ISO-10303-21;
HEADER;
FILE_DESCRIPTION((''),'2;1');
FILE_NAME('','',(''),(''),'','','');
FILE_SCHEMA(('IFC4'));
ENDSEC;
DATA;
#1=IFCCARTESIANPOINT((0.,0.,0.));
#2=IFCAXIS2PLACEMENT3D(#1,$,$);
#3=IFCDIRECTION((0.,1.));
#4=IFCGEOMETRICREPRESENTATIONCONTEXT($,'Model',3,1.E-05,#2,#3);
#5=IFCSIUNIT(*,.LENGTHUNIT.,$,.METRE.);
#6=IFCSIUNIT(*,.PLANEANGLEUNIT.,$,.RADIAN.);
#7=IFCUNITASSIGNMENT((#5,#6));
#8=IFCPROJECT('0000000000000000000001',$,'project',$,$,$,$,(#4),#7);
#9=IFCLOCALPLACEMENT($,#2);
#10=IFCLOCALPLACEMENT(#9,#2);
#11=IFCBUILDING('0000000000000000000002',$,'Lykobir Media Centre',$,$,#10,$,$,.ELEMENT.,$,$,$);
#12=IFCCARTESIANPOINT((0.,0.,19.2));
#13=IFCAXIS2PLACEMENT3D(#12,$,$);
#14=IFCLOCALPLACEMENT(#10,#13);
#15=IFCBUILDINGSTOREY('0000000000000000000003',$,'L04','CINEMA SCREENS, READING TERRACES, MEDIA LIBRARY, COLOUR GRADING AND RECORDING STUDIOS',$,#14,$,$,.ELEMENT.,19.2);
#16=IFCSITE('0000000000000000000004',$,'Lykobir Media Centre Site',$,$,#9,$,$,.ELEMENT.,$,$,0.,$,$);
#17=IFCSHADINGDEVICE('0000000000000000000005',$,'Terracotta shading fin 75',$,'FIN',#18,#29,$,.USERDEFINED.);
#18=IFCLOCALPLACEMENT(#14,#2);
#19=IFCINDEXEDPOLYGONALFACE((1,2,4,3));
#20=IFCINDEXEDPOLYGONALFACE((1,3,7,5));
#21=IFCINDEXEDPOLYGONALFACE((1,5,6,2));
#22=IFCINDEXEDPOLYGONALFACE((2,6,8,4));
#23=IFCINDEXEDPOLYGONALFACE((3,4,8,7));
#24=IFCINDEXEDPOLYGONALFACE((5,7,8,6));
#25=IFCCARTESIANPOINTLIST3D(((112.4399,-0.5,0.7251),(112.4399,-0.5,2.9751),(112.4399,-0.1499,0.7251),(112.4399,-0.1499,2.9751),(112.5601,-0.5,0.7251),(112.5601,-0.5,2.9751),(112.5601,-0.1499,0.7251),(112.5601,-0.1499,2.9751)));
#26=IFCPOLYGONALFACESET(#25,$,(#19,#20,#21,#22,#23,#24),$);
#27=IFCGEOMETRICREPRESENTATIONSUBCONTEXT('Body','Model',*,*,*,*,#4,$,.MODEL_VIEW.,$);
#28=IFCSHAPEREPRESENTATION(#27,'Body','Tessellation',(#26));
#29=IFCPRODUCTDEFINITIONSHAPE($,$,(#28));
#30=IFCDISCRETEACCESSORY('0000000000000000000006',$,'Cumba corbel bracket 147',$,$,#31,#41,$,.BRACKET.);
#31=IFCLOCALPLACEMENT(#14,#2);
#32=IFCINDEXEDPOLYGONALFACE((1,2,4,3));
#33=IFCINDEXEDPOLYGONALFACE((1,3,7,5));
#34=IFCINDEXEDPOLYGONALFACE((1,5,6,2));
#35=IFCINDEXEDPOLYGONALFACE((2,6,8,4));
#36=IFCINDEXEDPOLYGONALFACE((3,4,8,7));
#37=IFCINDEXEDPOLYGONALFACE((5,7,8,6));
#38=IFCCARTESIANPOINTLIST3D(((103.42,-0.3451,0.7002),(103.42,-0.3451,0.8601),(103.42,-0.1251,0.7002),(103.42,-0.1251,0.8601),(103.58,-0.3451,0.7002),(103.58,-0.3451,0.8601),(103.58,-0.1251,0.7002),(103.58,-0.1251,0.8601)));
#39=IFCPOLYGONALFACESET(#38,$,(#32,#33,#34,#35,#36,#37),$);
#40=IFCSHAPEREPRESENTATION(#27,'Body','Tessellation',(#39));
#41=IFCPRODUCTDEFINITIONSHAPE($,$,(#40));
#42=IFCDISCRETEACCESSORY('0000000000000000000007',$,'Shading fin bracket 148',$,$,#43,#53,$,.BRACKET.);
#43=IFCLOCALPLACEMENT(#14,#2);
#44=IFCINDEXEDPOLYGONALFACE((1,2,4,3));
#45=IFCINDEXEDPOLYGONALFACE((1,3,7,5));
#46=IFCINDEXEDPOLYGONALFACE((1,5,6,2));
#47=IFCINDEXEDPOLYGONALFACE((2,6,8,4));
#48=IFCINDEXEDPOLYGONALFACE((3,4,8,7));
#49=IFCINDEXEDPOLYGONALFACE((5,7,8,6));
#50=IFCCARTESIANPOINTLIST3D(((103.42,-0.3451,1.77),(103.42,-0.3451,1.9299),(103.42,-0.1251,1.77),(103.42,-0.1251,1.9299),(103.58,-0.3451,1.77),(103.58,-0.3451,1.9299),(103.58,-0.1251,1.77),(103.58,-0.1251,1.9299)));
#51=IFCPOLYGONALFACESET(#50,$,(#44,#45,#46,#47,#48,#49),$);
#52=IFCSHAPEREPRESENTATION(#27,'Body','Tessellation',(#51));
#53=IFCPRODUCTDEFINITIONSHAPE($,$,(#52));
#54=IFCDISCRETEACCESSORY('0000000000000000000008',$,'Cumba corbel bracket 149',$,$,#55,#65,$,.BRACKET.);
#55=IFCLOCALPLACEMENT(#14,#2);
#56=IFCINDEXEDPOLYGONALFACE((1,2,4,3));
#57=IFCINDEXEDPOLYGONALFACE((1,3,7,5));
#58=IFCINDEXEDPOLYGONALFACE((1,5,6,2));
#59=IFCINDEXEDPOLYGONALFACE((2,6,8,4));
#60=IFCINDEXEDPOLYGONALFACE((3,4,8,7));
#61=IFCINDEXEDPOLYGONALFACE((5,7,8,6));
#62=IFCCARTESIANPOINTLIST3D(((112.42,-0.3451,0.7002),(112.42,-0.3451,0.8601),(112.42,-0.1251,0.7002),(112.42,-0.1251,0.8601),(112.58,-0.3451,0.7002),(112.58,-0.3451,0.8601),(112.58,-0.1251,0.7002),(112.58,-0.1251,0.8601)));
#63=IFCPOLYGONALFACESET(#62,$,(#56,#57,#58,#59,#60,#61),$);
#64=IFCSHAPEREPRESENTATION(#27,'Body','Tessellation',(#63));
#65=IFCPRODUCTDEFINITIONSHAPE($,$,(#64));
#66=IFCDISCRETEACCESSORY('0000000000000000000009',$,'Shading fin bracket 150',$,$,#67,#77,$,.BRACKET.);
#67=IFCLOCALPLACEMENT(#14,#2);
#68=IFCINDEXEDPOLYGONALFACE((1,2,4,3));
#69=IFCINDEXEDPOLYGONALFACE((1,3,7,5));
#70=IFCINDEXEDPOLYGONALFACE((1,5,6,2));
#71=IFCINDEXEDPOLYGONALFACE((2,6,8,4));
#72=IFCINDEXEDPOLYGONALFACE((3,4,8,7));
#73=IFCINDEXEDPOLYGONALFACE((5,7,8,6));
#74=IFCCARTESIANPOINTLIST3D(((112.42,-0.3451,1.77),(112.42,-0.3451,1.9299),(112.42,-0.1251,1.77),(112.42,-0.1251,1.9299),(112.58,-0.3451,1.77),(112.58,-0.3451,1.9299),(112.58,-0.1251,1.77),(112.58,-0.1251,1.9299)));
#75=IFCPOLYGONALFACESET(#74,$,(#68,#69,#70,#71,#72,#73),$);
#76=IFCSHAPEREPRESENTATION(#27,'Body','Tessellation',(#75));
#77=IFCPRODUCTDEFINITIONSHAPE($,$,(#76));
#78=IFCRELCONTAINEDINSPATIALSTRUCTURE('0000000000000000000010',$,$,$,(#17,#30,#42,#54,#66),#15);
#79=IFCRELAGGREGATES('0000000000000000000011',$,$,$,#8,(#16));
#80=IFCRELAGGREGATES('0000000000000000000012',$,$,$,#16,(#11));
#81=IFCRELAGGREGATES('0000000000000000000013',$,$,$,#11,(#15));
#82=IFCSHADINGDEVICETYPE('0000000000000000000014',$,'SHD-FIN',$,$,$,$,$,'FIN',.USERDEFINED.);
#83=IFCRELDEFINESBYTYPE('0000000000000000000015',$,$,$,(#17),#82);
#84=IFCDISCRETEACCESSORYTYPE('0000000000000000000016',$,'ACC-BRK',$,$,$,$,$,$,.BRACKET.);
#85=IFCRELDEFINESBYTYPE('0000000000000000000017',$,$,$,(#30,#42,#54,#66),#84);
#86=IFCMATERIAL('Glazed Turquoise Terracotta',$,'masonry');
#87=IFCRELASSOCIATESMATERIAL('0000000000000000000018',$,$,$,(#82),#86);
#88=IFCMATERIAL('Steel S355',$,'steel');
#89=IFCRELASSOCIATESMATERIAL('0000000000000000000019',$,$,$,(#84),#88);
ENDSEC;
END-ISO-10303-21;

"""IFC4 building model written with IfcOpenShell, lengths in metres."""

from ifc_helpers import new_model, si_unit, direction, frame, origin, origin_2d, place, context, subcontext, project, spatial, rectangle, extrude, material, type_object, element, save


model = new_model("IFC4")

# Units and contexts
model_context = context("Model", 3, precision=1e-05, world=origin(), true_north=direction((0.0, 1.0)))
body_context = subcontext(model_context, "Body", "Model", "MODEL_VIEW")
ifc_project = project(units=[si_unit("LENGTHUNIT", "METRE"), si_unit("PLANEANGLEUNIT", "RADIAN")], contexts=[model_context])

# Site, building, storey
site_placement = place(None, origin())
site = spatial("IfcSite", under=ifc_project, at=site_placement, Name="Lykobir Media Centre Site", CompositionType="ELEMENT", RefElevation=0.0)
building_placement = place(site_placement, origin())
building = spatial("IfcBuilding", under=site, at=building_placement, Name="Lykobir Media Centre", CompositionType="ELEMENT")
storey_placement = place(building_placement, frame((0.0, 0.0, 19.2)))
storey = spatial("IfcBuildingStorey", under=building, at=storey_placement, Name="L04", Description="CINEMA SCREENS, READING TERRACES, MEDIA LIBRARY, COLOUR GRADING AND RECORDING STUDIOS", CompositionType="ELEMENT", Elevation=19.2)

# Shared definitions
ifc_material_1 = material(Name="Steel S355", Category="steel")

# Shared definitions
ifc_material_2 = material(Name="Glazed Turquoise Terracotta", Category="masonry")

# Shading device
shading_device_type = type_object("IfcShadingDeviceType", Name="SHD-FIN", ElementType="FIN", PredefinedType="USERDEFINED", material=ifc_material_2)
for number, where, z_axis, x_axis, name in (
    (1, (112.5, -0.325, 0.7251), (0.0, 0.0, 1.0), (1.0, 0.0, 0.0), "Terracotta shading fin 75"),
):
    element("IfcShadingDevice", number, at=place(storey_placement, frame(where, z_axis=z_axis, x_axis=x_axis)), inside=storey, type_object=shading_device_type, Name=name, ObjectType="FIN", PredefinedType="USERDEFINED", context=body_context, shape_type="SweptSolid", body=[
        extrude(rectangle(XDim=0.1201, YDim=0.3501, at=origin_2d()), origin(), (0.0, 0.0, 1.0), 2.25),
    ])

# Discrete accessories
discrete_accessory_type = type_object("IfcDiscreteAccessoryType", Name="ACC-BRK", PredefinedType="BRACKET", material=ifc_material_1)
for number, where, z_axis, x_axis, name in (
    (2, (103.5, -0.2351, 0.7002), (0.0, 0.0, 1.0), (1.0, 0.0, 0.0), "Cumba corbel bracket 147"),
    (3, (103.5, -0.2351, 1.77), (0.0, 0.0, 1.0), (1.0, 0.0, 0.0), "Shading fin bracket 148"),
    (4, (112.5, -0.2351, 0.7002), (0.0, 0.0, 1.0), (1.0, 0.0, 0.0), "Cumba corbel bracket 149"),
    (5, (112.5, -0.2351, 1.77), (0.0, 0.0, 1.0), (1.0, 0.0, 0.0), "Shading fin bracket 150"),
):
    element("IfcDiscreteAccessory", number, at=place(storey_placement, frame(where, z_axis=z_axis, x_axis=x_axis)), inside=storey, type_object=discrete_accessory_type, Name=name, PredefinedType="BRACKET", context=body_context, shape_type="SweptSolid", body=[
        extrude(rectangle(XDim=0.1599, YDim=0.22, at=origin_2d()), origin(), (0.0, 0.0, 1.0), 0.1599),
    ])

save(model, "model.ifc")
